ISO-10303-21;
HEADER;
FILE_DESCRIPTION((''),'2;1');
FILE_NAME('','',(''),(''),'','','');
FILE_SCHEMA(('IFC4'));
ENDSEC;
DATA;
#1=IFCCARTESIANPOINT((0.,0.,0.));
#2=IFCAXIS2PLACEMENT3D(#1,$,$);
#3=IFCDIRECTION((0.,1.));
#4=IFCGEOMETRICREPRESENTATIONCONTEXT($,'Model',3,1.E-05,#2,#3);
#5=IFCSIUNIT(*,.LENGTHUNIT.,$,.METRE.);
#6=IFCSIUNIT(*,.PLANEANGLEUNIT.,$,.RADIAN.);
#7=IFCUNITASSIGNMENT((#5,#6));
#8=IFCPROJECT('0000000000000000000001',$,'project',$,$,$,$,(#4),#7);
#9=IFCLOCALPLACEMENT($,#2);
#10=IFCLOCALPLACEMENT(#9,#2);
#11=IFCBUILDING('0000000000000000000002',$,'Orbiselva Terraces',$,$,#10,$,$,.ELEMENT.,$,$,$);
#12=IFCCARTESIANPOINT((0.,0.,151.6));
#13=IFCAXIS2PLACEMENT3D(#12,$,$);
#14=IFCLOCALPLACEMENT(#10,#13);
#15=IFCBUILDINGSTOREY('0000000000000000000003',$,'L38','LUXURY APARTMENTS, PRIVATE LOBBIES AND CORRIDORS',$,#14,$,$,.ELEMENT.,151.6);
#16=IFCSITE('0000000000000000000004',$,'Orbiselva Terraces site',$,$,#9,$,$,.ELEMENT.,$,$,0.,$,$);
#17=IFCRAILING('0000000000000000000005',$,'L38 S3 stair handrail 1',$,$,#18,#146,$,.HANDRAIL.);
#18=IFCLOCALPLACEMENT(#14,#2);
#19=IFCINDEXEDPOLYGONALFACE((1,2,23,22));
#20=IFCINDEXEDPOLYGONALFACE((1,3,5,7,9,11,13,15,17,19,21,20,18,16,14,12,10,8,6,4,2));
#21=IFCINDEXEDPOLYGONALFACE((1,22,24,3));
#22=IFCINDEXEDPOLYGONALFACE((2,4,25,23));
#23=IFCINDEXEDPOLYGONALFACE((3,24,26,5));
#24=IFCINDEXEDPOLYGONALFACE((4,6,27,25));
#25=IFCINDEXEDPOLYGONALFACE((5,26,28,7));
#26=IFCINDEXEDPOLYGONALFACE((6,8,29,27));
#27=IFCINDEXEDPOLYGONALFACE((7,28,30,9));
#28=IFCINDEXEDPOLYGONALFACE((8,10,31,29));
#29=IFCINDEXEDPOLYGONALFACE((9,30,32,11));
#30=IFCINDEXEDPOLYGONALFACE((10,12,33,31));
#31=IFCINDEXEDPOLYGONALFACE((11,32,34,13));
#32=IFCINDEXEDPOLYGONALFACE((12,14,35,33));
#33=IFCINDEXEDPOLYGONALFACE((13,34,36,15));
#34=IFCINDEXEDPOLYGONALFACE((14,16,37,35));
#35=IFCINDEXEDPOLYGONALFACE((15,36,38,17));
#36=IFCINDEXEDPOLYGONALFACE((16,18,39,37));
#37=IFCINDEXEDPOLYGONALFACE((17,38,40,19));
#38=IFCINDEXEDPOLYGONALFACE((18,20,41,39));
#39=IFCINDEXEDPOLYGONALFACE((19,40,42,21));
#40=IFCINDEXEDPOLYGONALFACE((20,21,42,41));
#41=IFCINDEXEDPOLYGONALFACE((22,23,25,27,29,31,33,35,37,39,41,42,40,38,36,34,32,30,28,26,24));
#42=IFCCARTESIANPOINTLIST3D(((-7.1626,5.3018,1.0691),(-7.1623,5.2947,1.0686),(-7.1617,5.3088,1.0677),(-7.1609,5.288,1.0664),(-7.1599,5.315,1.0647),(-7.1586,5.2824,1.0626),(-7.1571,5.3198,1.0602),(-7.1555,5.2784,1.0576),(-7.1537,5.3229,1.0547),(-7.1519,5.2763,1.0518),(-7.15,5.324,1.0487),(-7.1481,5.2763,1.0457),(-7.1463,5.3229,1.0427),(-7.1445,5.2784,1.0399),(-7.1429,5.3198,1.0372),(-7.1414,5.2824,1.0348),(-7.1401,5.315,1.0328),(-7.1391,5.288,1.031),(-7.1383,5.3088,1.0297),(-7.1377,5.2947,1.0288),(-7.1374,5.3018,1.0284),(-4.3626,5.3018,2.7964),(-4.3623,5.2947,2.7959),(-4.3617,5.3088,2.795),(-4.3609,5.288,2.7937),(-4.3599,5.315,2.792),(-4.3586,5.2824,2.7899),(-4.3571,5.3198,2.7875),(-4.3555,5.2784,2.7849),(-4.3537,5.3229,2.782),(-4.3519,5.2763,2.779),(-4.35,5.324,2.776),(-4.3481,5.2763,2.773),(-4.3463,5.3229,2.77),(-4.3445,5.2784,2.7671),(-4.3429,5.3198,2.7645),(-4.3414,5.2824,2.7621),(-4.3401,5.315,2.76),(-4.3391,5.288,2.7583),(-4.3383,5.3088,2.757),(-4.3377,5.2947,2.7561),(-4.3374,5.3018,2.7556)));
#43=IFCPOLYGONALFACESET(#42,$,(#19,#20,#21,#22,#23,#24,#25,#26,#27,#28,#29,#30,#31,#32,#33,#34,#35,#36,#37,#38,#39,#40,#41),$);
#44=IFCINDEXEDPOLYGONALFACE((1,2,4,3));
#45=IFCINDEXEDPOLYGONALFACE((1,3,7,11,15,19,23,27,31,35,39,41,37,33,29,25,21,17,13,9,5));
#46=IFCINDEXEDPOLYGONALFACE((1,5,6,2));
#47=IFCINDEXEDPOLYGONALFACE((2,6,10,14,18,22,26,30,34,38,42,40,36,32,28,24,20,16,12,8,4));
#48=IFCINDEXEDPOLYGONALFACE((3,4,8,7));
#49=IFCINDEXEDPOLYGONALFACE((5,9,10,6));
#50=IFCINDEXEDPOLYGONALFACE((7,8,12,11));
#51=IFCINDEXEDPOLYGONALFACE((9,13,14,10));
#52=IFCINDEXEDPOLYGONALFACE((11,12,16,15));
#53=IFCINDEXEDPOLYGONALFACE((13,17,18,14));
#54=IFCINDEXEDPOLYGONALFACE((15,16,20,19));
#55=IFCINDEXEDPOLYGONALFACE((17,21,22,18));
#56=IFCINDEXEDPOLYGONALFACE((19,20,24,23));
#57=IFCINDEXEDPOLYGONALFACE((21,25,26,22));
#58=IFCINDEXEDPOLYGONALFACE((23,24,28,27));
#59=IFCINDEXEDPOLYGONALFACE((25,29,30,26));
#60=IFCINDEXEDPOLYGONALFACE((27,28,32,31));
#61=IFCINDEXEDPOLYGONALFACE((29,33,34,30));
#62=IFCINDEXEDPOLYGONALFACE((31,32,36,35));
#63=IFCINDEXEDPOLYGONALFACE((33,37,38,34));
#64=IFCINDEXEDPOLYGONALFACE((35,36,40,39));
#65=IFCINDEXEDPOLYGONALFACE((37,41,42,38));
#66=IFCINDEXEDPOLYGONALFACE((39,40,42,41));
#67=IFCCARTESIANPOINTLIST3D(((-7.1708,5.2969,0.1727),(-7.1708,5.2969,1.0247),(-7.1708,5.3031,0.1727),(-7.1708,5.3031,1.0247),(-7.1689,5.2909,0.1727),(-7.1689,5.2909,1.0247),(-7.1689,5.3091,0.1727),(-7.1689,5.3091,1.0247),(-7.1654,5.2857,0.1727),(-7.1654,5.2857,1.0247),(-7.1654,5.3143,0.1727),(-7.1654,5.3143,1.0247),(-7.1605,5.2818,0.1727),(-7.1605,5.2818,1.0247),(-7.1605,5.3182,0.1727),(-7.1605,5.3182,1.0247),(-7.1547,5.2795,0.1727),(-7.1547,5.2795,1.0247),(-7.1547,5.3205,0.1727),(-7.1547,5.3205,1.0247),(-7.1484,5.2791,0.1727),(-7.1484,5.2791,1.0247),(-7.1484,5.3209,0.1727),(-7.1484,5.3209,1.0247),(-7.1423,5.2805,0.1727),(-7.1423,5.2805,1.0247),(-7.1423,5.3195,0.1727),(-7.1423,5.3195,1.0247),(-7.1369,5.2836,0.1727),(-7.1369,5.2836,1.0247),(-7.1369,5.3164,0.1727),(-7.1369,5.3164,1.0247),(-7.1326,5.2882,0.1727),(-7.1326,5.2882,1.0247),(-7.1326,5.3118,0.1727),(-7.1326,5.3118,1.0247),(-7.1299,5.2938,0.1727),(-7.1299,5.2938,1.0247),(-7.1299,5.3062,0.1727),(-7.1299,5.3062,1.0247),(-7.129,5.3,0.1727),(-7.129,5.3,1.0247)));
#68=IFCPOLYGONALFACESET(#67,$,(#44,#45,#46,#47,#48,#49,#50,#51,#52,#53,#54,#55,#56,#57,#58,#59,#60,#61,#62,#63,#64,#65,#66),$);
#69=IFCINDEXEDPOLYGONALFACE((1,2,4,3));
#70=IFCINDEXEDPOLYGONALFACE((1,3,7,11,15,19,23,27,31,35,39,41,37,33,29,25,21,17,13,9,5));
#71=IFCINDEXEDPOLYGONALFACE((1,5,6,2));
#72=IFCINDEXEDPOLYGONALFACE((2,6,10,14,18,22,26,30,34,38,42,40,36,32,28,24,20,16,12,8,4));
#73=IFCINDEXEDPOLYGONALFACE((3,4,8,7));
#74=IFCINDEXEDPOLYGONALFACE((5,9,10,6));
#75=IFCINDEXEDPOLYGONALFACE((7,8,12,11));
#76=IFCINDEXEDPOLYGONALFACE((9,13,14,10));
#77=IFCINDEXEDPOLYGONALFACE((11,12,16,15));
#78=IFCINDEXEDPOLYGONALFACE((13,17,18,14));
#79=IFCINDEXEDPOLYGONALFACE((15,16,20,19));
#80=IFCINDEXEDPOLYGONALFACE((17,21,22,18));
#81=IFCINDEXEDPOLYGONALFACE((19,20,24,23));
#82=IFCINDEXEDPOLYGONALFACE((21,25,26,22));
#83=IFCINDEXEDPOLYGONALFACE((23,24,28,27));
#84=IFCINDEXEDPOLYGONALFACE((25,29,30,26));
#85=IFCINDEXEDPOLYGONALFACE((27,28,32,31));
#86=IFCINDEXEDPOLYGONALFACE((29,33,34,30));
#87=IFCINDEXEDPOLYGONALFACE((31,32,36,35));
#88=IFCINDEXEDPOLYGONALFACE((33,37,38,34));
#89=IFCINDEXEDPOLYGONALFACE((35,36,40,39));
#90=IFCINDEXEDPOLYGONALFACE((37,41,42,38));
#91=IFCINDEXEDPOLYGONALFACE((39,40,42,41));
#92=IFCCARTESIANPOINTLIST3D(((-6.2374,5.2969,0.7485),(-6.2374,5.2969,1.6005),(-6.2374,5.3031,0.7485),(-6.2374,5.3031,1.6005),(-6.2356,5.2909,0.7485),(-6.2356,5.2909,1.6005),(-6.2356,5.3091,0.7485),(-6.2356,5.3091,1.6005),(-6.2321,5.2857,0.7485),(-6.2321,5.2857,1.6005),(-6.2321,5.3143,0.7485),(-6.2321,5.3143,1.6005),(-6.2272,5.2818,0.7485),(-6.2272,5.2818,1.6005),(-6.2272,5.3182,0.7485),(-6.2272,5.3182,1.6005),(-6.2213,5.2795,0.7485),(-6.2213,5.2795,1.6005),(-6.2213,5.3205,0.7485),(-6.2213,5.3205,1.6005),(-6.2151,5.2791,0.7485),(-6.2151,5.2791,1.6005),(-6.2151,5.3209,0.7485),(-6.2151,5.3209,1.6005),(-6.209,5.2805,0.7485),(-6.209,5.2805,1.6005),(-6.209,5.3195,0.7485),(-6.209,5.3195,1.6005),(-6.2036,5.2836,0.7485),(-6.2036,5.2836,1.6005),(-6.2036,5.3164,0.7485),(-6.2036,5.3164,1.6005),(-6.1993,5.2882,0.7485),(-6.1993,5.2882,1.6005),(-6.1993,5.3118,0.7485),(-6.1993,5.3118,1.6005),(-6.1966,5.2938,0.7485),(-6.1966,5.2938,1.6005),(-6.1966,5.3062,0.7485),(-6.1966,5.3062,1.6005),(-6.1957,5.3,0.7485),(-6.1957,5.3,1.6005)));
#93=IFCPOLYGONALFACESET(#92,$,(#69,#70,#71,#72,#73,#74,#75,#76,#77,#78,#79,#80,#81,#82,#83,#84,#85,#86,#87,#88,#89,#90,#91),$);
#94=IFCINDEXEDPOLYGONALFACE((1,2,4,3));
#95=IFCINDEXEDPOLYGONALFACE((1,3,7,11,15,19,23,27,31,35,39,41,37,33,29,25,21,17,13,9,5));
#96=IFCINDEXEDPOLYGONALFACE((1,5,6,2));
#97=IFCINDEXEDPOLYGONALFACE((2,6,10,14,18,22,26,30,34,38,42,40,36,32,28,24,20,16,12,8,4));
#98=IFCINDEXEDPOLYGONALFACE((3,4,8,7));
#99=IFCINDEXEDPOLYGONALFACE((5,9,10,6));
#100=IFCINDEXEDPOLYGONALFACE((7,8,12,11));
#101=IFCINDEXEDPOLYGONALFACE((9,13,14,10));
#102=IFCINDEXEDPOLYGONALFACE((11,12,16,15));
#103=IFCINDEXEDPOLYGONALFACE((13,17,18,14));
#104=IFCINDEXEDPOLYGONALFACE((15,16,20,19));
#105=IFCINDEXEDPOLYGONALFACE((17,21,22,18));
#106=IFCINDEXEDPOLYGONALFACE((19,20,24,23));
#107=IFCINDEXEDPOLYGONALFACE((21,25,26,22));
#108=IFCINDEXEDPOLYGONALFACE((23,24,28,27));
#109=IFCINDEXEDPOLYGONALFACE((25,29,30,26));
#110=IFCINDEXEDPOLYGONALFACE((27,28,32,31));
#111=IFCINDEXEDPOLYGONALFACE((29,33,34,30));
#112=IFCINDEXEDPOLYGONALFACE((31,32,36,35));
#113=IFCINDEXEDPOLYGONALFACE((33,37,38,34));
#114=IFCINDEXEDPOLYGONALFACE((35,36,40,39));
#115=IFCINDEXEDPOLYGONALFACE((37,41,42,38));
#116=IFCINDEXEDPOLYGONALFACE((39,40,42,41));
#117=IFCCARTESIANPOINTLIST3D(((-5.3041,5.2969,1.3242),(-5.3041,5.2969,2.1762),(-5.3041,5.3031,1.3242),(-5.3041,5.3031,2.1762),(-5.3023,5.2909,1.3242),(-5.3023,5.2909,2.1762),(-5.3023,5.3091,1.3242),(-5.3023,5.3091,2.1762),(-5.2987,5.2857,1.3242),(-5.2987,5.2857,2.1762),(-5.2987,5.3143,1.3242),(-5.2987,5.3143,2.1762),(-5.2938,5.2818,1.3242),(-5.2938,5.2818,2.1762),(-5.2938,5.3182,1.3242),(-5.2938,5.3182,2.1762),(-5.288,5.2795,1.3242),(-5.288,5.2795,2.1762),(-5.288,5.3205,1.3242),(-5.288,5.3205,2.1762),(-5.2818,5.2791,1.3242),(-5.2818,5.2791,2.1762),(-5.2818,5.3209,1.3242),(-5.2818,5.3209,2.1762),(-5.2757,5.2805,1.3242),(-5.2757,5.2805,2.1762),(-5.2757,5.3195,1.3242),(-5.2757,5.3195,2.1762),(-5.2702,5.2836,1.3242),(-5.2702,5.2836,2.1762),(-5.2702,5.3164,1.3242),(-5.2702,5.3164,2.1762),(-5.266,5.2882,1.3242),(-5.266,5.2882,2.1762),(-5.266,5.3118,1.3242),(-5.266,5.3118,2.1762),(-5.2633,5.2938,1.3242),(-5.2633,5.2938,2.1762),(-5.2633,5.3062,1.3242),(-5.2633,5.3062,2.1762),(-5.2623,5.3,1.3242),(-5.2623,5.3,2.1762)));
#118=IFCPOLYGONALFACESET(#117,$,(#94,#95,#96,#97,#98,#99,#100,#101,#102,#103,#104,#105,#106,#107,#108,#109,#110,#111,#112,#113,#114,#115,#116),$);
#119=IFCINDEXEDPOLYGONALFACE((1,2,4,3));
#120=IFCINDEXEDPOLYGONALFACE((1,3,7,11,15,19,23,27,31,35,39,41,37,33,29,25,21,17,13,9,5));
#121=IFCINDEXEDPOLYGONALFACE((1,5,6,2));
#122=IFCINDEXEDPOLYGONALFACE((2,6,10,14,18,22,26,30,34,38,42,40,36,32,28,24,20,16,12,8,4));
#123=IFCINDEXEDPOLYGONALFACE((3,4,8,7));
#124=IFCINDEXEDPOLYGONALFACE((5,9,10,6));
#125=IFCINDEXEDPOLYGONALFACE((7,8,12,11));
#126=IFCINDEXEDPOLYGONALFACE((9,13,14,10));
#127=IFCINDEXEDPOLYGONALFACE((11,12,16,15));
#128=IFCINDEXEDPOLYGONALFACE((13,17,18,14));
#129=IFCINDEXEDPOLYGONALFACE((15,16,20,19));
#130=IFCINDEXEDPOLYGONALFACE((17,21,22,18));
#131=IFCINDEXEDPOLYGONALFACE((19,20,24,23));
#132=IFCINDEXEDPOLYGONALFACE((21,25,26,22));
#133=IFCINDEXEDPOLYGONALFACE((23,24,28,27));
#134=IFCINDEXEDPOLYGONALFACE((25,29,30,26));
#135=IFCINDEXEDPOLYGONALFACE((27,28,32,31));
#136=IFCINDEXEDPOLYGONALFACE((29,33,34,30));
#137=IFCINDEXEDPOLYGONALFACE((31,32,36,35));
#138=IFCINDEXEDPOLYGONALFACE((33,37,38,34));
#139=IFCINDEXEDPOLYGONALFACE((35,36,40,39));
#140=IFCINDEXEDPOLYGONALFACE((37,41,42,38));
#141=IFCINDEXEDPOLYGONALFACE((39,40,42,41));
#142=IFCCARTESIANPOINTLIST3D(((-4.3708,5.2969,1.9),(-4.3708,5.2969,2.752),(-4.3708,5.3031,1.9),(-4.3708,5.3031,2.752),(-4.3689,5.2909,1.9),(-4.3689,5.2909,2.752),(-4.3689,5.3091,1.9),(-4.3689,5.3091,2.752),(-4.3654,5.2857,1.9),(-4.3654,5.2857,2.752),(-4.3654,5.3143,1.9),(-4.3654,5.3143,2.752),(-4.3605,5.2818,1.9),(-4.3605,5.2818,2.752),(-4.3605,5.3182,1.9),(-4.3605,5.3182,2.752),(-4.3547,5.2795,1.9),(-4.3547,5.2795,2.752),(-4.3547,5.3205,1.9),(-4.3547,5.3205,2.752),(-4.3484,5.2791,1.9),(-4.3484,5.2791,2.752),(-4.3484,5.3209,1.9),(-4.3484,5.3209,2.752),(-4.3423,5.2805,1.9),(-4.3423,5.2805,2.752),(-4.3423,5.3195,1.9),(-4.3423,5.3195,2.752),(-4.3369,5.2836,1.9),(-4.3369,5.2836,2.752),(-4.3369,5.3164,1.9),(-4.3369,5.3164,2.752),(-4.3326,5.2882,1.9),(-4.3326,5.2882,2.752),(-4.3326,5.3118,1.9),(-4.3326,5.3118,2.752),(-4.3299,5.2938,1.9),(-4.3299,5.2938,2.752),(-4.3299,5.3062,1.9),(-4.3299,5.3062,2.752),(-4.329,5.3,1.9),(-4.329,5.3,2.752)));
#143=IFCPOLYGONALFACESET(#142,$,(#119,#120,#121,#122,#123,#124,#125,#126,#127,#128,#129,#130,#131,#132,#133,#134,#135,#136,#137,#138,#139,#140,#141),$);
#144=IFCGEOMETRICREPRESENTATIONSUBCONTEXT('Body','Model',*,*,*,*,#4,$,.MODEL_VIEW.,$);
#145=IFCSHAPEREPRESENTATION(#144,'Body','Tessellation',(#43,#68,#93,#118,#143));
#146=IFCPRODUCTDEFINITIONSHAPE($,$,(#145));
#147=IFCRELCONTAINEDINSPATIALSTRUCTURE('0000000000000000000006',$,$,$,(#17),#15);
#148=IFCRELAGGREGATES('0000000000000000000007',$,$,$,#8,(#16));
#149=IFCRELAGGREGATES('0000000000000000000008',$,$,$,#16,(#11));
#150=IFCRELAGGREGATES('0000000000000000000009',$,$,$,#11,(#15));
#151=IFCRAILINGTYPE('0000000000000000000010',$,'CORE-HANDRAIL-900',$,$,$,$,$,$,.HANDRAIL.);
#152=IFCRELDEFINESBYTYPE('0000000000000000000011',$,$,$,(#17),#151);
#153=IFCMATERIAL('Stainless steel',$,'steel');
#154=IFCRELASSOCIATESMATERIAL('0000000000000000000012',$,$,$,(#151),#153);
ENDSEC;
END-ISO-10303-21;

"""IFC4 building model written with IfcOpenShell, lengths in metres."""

from ifc_helpers import new_model, si_unit, direction, frame, origin, origin_2d, place, context, subcontext, project, spatial, circle, extrude, material, type_object, element, save


model = new_model("IFC4")

# Units and contexts
model_context = context("Model", 3, precision=1e-05, world=origin(), true_north=direction((0.0, 1.0)))
body_context = subcontext(model_context, "Body", "Model", "MODEL_VIEW")
ifc_project = project(units=[si_unit("LENGTHUNIT", "METRE"), si_unit("PLANEANGLEUNIT", "RADIAN")], contexts=[model_context])

# Site, building, storey
site_placement = place(None, origin())
site = spatial("IfcSite", under=ifc_project, at=site_placement, Name="Orbiselva Terraces site", CompositionType="ELEMENT", RefElevation=0.0)
building_placement = place(site_placement, origin())
building = spatial("IfcBuilding", under=site, at=building_placement, Name="Orbiselva Terraces", CompositionType="ELEMENT")
storey_placement = place(building_placement, frame((0.0, 0.0, 151.6)))
storey = spatial("IfcBuildingStorey", under=building, at=storey_placement, Name="L38", Description="LUXURY APARTMENTS, PRIVATE LOBBIES AND CORRIDORS", CompositionType="ELEMENT", Elevation=151.6)

# Railing
ifc_material_1 = material(Name="Stainless steel", Category="steel")
railing_type_1 = type_object("IfcRailingType", Name="CORE-HANDRAIL-900", PredefinedType="HANDRAIL", material=ifc_material_1)
railing_1_placement = place(storey_placement, frame((-7.15, 5.3, 0.1727)))
element("IfcRailing", 1, at=railing_1_placement, inside=storey, type_object=railing_type_1, Name="L38 S3 stair handrail 1", PredefinedType="HANDRAIL", context=body_context, shape_type="SweptSolid", body=[
    extrude(circle(Radius=0.024, at=origin_2d()), frame((0.0, 0.0, 0.876), z_axis=(0.851089, 0.0, 0.525022), x_axis=(0.0, 1.0, 0.0)), (0.0, 0.0, 1.0), 3.2899),
    extrude(circle(Radius=0.021, at=origin_2d()), origin(), (0.0, 0.0, 1.0), 0.852),
    extrude(circle(Radius=0.021, at=origin_2d()), frame((0.9333, 0.0, 0.5758)), (0.0, 0.0, 1.0), 0.852),
    extrude(circle(Radius=0.021, at=origin_2d()), frame((1.8667, 0.0, 1.1515)), (0.0, 0.0, 1.0), 0.852),
    extrude(circle(Radius=0.021, at=origin_2d()), frame((2.8, 0.0, 1.7273)), (0.0, 0.0, 1.0), 0.852),
])

save(model, "model.ifc")
